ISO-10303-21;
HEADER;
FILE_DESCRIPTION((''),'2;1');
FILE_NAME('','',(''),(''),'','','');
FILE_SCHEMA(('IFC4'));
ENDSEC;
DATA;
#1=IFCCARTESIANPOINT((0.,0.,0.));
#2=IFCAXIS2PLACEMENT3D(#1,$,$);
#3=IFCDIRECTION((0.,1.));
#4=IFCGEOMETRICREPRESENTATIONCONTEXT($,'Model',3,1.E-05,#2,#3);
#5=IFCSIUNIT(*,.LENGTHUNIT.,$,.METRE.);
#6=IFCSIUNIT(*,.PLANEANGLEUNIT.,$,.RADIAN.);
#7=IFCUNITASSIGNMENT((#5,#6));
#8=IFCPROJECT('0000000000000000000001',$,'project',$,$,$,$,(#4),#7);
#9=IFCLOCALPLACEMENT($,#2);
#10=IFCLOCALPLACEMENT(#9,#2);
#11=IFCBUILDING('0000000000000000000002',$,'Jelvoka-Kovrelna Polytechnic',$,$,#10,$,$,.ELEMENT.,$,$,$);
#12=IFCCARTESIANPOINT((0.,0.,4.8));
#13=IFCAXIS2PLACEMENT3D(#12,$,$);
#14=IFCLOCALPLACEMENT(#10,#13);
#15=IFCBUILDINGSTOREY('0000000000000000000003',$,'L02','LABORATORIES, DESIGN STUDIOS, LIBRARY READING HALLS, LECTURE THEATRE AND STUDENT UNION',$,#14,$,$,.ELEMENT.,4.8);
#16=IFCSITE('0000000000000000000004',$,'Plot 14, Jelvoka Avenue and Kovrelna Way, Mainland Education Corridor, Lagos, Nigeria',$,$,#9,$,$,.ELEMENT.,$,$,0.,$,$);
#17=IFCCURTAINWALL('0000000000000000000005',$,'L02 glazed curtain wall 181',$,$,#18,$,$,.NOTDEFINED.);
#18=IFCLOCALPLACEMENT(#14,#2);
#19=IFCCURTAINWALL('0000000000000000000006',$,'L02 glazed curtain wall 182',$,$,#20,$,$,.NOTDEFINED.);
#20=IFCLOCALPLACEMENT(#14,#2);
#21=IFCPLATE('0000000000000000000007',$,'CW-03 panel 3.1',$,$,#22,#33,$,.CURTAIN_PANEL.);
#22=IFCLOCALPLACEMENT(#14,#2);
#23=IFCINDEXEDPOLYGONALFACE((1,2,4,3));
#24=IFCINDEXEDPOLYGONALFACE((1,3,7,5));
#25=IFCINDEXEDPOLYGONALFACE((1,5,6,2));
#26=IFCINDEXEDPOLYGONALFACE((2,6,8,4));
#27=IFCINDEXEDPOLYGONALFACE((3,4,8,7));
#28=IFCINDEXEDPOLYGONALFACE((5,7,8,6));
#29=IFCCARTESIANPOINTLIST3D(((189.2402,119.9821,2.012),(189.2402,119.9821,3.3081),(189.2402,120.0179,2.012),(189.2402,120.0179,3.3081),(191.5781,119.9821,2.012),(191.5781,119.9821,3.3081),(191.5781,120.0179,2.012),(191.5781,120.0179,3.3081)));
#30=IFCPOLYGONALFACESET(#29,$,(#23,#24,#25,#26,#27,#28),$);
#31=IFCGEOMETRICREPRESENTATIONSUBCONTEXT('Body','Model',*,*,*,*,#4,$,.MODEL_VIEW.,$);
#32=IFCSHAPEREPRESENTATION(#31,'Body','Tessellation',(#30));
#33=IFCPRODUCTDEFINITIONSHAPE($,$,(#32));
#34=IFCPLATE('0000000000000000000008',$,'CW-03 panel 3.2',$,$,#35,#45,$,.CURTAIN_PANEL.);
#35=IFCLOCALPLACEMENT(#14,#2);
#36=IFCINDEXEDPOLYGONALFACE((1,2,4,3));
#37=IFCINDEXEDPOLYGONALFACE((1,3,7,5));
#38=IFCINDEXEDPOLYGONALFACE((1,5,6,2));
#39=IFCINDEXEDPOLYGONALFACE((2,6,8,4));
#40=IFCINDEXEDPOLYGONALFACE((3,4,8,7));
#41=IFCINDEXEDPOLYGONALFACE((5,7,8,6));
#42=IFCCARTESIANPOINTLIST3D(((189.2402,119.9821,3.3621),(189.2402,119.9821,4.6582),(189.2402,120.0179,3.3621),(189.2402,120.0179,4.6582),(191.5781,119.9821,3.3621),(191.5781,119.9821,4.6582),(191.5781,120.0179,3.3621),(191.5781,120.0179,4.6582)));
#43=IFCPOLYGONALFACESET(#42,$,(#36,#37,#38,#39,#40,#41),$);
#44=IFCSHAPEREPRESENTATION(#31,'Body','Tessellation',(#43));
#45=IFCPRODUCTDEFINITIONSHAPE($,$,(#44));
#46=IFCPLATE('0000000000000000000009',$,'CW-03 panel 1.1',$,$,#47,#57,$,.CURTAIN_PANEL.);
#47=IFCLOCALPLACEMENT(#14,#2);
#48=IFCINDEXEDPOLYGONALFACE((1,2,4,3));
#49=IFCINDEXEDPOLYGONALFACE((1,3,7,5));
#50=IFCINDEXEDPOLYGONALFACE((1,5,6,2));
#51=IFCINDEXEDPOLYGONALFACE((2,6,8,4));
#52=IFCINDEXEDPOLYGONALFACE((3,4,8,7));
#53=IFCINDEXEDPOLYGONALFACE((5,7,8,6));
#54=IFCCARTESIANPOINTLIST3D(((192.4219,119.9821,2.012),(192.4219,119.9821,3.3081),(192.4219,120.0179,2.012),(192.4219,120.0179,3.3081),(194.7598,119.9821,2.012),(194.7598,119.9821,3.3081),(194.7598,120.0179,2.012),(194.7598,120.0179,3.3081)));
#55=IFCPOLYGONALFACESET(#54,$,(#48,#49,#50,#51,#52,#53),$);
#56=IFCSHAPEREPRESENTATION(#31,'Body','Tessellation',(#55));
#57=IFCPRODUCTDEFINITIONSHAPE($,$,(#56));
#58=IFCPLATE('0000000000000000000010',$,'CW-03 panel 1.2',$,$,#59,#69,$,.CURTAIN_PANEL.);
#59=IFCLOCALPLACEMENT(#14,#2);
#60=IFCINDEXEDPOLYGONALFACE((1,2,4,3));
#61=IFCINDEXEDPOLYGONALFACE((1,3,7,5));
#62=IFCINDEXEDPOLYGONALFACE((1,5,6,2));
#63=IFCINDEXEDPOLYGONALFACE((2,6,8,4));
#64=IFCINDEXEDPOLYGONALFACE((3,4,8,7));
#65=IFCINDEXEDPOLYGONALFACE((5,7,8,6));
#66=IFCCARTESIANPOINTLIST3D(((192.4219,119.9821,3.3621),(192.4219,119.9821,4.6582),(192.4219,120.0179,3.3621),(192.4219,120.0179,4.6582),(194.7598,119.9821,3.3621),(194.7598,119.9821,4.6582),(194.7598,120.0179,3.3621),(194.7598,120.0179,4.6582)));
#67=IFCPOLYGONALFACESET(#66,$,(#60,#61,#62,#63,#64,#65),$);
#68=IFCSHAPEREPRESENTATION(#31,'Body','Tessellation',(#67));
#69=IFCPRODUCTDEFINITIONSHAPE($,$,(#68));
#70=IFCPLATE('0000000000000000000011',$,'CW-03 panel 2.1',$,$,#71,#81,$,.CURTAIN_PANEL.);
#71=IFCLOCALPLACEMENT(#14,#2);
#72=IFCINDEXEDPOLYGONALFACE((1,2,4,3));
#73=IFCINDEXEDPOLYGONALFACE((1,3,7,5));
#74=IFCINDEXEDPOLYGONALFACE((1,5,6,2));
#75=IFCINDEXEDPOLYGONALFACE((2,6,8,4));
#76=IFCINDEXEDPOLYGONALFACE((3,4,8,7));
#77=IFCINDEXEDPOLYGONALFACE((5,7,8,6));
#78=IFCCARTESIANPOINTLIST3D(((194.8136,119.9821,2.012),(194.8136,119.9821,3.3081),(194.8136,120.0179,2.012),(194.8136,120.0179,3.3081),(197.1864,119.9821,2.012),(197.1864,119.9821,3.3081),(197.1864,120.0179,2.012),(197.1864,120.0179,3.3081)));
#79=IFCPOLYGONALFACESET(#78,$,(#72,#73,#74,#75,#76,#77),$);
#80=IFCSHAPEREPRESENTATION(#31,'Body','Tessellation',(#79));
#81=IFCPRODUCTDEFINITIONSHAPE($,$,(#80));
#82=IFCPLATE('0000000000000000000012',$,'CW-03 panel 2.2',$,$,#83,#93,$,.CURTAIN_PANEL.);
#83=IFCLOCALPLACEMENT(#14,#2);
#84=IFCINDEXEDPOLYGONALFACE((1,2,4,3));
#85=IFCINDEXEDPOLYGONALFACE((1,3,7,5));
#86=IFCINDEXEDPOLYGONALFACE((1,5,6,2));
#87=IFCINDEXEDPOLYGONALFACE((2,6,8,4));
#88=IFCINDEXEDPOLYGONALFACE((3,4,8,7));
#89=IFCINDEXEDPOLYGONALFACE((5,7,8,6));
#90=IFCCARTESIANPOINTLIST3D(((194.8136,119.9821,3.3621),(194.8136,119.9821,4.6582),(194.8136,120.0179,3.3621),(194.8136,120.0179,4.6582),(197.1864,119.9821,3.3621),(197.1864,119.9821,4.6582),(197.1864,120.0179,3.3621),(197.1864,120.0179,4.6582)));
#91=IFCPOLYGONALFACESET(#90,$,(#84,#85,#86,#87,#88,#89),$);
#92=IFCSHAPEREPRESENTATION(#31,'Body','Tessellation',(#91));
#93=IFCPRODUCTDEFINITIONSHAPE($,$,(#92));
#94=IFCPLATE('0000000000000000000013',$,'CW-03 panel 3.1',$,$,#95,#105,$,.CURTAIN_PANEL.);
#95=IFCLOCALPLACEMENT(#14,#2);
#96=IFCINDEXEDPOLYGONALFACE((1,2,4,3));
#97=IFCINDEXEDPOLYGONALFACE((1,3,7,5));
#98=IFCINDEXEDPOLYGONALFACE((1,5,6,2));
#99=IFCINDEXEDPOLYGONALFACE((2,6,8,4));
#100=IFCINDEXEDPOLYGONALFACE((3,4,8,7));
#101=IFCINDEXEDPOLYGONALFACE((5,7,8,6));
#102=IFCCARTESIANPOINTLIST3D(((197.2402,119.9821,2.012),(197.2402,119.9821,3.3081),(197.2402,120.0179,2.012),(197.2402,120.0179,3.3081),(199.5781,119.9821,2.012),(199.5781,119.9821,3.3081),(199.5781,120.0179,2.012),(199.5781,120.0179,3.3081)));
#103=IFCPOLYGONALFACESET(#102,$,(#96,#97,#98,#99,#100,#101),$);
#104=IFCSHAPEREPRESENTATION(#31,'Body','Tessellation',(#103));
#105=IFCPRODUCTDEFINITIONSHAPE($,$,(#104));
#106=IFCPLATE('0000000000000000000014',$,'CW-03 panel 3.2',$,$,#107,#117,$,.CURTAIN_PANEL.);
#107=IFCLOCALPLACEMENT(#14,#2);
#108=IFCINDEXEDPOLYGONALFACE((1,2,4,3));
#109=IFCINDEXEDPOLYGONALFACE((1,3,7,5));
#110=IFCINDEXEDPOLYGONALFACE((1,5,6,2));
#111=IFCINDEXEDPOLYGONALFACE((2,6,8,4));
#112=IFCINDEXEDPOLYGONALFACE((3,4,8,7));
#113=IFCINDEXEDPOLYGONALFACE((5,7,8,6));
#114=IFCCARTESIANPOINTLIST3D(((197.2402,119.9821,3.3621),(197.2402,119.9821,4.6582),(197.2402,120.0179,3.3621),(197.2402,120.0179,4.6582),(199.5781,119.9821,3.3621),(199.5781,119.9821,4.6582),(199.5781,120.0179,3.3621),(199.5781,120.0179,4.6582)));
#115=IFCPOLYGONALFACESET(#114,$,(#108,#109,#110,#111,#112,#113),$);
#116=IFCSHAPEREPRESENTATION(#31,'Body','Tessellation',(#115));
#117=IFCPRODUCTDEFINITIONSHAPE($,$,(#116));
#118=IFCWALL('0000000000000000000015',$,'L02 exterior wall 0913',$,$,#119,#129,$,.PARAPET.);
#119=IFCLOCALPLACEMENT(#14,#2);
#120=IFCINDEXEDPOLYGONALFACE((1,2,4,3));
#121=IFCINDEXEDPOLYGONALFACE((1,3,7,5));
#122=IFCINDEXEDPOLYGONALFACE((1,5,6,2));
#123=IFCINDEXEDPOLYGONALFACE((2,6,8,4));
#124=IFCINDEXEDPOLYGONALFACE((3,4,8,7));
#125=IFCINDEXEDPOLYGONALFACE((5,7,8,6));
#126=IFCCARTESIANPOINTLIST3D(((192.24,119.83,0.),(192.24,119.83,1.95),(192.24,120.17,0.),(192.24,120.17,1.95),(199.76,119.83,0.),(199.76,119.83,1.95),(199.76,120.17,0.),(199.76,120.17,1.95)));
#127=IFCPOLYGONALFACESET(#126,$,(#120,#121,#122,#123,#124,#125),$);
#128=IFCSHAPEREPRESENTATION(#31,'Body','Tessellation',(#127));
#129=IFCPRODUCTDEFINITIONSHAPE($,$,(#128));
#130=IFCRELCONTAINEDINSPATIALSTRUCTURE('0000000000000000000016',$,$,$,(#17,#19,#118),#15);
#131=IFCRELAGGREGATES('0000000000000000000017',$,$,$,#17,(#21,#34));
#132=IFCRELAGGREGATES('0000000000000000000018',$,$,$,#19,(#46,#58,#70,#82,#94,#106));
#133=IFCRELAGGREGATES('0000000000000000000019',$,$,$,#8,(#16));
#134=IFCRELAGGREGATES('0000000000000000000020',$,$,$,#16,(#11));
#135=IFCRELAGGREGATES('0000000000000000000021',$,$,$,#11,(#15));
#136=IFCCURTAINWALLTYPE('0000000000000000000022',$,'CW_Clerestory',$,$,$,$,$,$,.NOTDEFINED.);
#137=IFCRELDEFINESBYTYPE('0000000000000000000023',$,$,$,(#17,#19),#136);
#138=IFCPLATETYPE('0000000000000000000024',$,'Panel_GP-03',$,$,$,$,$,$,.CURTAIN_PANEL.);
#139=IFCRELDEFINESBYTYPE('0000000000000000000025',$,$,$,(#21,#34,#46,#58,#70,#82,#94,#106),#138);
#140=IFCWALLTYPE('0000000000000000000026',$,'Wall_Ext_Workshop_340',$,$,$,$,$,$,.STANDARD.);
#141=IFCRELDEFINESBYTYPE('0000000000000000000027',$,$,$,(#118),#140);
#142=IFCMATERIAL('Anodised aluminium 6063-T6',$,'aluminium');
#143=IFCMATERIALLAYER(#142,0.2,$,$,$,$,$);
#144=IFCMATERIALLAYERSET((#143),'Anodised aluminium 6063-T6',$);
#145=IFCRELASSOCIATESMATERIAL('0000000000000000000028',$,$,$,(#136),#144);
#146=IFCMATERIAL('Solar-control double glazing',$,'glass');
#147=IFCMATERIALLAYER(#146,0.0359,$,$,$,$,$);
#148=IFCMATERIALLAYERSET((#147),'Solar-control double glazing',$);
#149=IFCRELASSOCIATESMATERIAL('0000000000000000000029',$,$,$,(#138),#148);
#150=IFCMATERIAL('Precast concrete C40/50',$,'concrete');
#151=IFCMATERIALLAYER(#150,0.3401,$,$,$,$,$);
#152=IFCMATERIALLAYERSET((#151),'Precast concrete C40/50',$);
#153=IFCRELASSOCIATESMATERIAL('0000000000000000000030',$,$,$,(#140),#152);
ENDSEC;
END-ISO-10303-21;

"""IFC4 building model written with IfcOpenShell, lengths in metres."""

from ifc_helpers import new_model, si_unit, direction, frame, frame_2d, origin, origin_2d, place, context, subcontext, project, spatial, rectangle, extrude, material, layer, layer_set, type_object, element, aggregate, save


model = new_model("IFC4")

# Units and contexts
model_context = context("Model", 3, precision=1e-05, world=origin(), true_north=direction((0.0, 1.0)))
body_context = subcontext(model_context, "Body", "Model", "MODEL_VIEW")
ifc_project = project(units=[si_unit("LENGTHUNIT", "METRE"), si_unit("PLANEANGLEUNIT", "RADIAN")], contexts=[model_context])

# Site, building, storey
site_placement = place(None, origin())
site = spatial("IfcSite", under=ifc_project, at=site_placement, Name="Plot 14, Jelvoka Avenue and Kovrelna Way, Mainland Education Corridor, Lagos, Nigeria", CompositionType="ELEMENT", RefElevation=0.0)
building_placement = place(site_placement, origin())
building = spatial("IfcBuilding", under=site, at=building_placement, Name="Jelvoka-Kovrelna Polytechnic", CompositionType="ELEMENT")
storey_placement = place(building_placement, frame((0.0, 0.0, 4.8)))
storey = spatial("IfcBuildingStorey", under=building, at=storey_placement, Name="L02", Description="LABORATORIES, DESIGN STUDIOS, LIBRARY READING HALLS, LECTURE THEATRE AND STUDENT UNION", CompositionType="ELEMENT", Elevation=4.8)

# Curtain wall
ifc_material_1 = material(Name="Anodised aluminium 6063-T6", Category="aluminium")
ifc_layer_1 = layer(ifc_material_1, 0.2)
ifc_layer_set_1 = layer_set([ifc_layer_1], Name="Anodised aluminium 6063-T6")
curtain_wall_type = type_object("IfcCurtainWallType", Name="CW_Clerestory", PredefinedType="NOTDEFINED", material=ifc_layer_set_1)
curtain_wall_1_placement = place(storey_placement, origin())
curtain_wall_1 = element("IfcCurtainWall", 1, at=curtain_wall_1_placement, inside=storey, type_object=curtain_wall_type, Name="L02 glazed curtain wall 181", PredefinedType="NOTDEFINED")

# Curtain wall
curtain_wall_2_placement = place(storey_placement, origin())
curtain_wall_2 = element("IfcCurtainWall", 2, at=curtain_wall_2_placement, inside=storey, type_object=curtain_wall_type, Name="L02 glazed curtain wall 182", PredefinedType="NOTDEFINED")

# Plates
ifc_material_2 = material(Name="Solar-control double glazing", Category="glass")
ifc_layer_2 = layer(ifc_material_2, 0.0359)
ifc_layer_set_2 = layer_set([ifc_layer_2], Name="Solar-control double glazing")
plate_type = type_object("IfcPlateType", Name="Panel_GP-03", PredefinedType="CURTAIN_PANEL", material=ifc_layer_set_2)
plate_1_placement = place(storey_placement, frame((190.4092, 120.0, 2.012), z_axis=(0.0, 0.0, 1.0), x_axis=(1.0, 0.0, 0.0)))
plate_1 = element("IfcPlate", 3, at=plate_1_placement, type_object=plate_type, Name="CW-03 panel 3.1", PredefinedType="CURTAIN_PANEL", context=body_context, shape_type="SweptSolid", body=[
    extrude(rectangle(XDim=2.3379, YDim=0.0359, at=origin_2d()), origin(), (0.0, 0.0, 1.0), 1.2961),
])
plate_2_placement = place(storey_placement, frame((190.4092, 120.0, 3.3621), z_axis=(0.0, 0.0, 1.0), x_axis=(1.0, 0.0, 0.0)))
plate_2 = element("IfcPlate", 4, at=plate_2_placement, type_object=plate_type, Name="CW-03 panel 3.2", PredefinedType="CURTAIN_PANEL", context=body_context, shape_type="SweptSolid", body=[
    extrude(rectangle(XDim=2.3379, YDim=0.0359, at=origin_2d()), origin(), (0.0, 0.0, 1.0), 1.2961),
])
aggregate(curtain_wall_1, [plate_1, plate_2])
plate_3_placement = place(storey_placement, frame((193.5908, 120.0, 2.012), z_axis=(0.0, 0.0, 1.0), x_axis=(1.0, 0.0, 0.0)))
plate_3 = element("IfcPlate", 5, at=plate_3_placement, type_object=plate_type, Name="CW-03 panel 1.1", PredefinedType="CURTAIN_PANEL", context=body_context, shape_type="SweptSolid", body=[
    extrude(rectangle(XDim=2.3379, YDim=0.0359, at=origin_2d()), origin(), (0.0, 0.0, 1.0), 1.2961),
])
plate_4_placement = place(storey_placement, frame((193.5908, 120.0, 3.3621), z_axis=(0.0, 0.0, 1.0), x_axis=(1.0, 0.0, 0.0)))
plate_4 = element("IfcPlate", 6, at=plate_4_placement, type_object=plate_type, Name="CW-03 panel 1.2", PredefinedType="CURTAIN_PANEL", context=body_context, shape_type="SweptSolid", body=[
    extrude(rectangle(XDim=2.3379, YDim=0.0359, at=origin_2d()), origin(), (0.0, 0.0, 1.0), 1.2961),
])
plate_5_placement = place(storey_placement, frame((196.0, 120.0, 2.012), z_axis=(0.0, 0.0, 1.0), x_axis=(1.0, 0.0, 0.0)))
plate_5 = element("IfcPlate", 7, at=plate_5_placement, type_object=plate_type, Name="CW-03 panel 2.1", PredefinedType="CURTAIN_PANEL", context=body_context, shape_type="SweptSolid", body=[
    extrude(rectangle(XDim=2.3728, YDim=0.0359, at=origin_2d()), origin(), (0.0, 0.0, 1.0), 1.2961),
])
plate_6_placement = place(storey_placement, frame((196.0, 120.0, 3.3621), z_axis=(0.0, 0.0, 1.0), x_axis=(1.0, 0.0, 0.0)))
plate_6 = element("IfcPlate", 8, at=plate_6_placement, type_object=plate_type, Name="CW-03 panel 2.2", PredefinedType="CURTAIN_PANEL", context=body_context, shape_type="SweptSolid", body=[
    extrude(rectangle(XDim=2.3728, YDim=0.0359, at=origin_2d()), origin(), (0.0, 0.0, 1.0), 1.2961),
])
plate_7_placement = place(storey_placement, frame((198.4092, 120.0, 2.012), z_axis=(0.0, 0.0, 1.0), x_axis=(1.0, 0.0, 0.0)))
plate_7 = element("IfcPlate", 9, at=plate_7_placement, type_object=plate_type, Name="CW-03 panel 3.1", PredefinedType="CURTAIN_PANEL", context=body_context, shape_type="SweptSolid", body=[
    extrude(rectangle(XDim=2.3379, YDim=0.0359, at=origin_2d()), origin(), (0.0, 0.0, 1.0), 1.2961),
])
plate_8_placement = place(storey_placement, frame((198.4092, 120.0, 3.3621), z_axis=(0.0, 0.0, 1.0), x_axis=(1.0, 0.0, 0.0)))
plate_8 = element("IfcPlate", 10, at=plate_8_placement, type_object=plate_type, Name="CW-03 panel 3.2", PredefinedType="CURTAIN_PANEL", context=body_context, shape_type="SweptSolid", body=[
    extrude(rectangle(XDim=2.3379, YDim=0.0359, at=origin_2d()), origin(), (0.0, 0.0, 1.0), 1.2961),
])
aggregate(curtain_wall_2, [plate_3, plate_4, plate_5, plate_6, plate_7, plate_8])

# Wall
ifc_material_3 = material(Name="Precast concrete C40/50", Category="concrete")
ifc_layer_3 = layer(ifc_material_3, 0.3401)
ifc_layer_set_3 = layer_set([ifc_layer_3], Name="Precast concrete C40/50")
wall_type = type_object("IfcWallType", Name="Wall_Ext_Workshop_340", PredefinedType="STANDARD", material=ifc_layer_set_3)
wall_placement = place(storey_placement, frame((192.24, 120.0, 0.0), z_axis=(0.0, 0.0, 1.0), x_axis=(1.0, 0.0, 0.0)))
element("IfcWall", 11, at=wall_placement, inside=storey, type_object=wall_type, Name="L02 exterior wall 0913", PredefinedType="PARAPET", context=body_context, shape_type="SweptSolid", body=[
    extrude(rectangle(XDim=7.52, YDim=0.3401, at=frame_2d((3.76, 0.0))), origin(), (0.0, 0.0, 1.0), 1.95),
])

save(model, "model.ifc")
